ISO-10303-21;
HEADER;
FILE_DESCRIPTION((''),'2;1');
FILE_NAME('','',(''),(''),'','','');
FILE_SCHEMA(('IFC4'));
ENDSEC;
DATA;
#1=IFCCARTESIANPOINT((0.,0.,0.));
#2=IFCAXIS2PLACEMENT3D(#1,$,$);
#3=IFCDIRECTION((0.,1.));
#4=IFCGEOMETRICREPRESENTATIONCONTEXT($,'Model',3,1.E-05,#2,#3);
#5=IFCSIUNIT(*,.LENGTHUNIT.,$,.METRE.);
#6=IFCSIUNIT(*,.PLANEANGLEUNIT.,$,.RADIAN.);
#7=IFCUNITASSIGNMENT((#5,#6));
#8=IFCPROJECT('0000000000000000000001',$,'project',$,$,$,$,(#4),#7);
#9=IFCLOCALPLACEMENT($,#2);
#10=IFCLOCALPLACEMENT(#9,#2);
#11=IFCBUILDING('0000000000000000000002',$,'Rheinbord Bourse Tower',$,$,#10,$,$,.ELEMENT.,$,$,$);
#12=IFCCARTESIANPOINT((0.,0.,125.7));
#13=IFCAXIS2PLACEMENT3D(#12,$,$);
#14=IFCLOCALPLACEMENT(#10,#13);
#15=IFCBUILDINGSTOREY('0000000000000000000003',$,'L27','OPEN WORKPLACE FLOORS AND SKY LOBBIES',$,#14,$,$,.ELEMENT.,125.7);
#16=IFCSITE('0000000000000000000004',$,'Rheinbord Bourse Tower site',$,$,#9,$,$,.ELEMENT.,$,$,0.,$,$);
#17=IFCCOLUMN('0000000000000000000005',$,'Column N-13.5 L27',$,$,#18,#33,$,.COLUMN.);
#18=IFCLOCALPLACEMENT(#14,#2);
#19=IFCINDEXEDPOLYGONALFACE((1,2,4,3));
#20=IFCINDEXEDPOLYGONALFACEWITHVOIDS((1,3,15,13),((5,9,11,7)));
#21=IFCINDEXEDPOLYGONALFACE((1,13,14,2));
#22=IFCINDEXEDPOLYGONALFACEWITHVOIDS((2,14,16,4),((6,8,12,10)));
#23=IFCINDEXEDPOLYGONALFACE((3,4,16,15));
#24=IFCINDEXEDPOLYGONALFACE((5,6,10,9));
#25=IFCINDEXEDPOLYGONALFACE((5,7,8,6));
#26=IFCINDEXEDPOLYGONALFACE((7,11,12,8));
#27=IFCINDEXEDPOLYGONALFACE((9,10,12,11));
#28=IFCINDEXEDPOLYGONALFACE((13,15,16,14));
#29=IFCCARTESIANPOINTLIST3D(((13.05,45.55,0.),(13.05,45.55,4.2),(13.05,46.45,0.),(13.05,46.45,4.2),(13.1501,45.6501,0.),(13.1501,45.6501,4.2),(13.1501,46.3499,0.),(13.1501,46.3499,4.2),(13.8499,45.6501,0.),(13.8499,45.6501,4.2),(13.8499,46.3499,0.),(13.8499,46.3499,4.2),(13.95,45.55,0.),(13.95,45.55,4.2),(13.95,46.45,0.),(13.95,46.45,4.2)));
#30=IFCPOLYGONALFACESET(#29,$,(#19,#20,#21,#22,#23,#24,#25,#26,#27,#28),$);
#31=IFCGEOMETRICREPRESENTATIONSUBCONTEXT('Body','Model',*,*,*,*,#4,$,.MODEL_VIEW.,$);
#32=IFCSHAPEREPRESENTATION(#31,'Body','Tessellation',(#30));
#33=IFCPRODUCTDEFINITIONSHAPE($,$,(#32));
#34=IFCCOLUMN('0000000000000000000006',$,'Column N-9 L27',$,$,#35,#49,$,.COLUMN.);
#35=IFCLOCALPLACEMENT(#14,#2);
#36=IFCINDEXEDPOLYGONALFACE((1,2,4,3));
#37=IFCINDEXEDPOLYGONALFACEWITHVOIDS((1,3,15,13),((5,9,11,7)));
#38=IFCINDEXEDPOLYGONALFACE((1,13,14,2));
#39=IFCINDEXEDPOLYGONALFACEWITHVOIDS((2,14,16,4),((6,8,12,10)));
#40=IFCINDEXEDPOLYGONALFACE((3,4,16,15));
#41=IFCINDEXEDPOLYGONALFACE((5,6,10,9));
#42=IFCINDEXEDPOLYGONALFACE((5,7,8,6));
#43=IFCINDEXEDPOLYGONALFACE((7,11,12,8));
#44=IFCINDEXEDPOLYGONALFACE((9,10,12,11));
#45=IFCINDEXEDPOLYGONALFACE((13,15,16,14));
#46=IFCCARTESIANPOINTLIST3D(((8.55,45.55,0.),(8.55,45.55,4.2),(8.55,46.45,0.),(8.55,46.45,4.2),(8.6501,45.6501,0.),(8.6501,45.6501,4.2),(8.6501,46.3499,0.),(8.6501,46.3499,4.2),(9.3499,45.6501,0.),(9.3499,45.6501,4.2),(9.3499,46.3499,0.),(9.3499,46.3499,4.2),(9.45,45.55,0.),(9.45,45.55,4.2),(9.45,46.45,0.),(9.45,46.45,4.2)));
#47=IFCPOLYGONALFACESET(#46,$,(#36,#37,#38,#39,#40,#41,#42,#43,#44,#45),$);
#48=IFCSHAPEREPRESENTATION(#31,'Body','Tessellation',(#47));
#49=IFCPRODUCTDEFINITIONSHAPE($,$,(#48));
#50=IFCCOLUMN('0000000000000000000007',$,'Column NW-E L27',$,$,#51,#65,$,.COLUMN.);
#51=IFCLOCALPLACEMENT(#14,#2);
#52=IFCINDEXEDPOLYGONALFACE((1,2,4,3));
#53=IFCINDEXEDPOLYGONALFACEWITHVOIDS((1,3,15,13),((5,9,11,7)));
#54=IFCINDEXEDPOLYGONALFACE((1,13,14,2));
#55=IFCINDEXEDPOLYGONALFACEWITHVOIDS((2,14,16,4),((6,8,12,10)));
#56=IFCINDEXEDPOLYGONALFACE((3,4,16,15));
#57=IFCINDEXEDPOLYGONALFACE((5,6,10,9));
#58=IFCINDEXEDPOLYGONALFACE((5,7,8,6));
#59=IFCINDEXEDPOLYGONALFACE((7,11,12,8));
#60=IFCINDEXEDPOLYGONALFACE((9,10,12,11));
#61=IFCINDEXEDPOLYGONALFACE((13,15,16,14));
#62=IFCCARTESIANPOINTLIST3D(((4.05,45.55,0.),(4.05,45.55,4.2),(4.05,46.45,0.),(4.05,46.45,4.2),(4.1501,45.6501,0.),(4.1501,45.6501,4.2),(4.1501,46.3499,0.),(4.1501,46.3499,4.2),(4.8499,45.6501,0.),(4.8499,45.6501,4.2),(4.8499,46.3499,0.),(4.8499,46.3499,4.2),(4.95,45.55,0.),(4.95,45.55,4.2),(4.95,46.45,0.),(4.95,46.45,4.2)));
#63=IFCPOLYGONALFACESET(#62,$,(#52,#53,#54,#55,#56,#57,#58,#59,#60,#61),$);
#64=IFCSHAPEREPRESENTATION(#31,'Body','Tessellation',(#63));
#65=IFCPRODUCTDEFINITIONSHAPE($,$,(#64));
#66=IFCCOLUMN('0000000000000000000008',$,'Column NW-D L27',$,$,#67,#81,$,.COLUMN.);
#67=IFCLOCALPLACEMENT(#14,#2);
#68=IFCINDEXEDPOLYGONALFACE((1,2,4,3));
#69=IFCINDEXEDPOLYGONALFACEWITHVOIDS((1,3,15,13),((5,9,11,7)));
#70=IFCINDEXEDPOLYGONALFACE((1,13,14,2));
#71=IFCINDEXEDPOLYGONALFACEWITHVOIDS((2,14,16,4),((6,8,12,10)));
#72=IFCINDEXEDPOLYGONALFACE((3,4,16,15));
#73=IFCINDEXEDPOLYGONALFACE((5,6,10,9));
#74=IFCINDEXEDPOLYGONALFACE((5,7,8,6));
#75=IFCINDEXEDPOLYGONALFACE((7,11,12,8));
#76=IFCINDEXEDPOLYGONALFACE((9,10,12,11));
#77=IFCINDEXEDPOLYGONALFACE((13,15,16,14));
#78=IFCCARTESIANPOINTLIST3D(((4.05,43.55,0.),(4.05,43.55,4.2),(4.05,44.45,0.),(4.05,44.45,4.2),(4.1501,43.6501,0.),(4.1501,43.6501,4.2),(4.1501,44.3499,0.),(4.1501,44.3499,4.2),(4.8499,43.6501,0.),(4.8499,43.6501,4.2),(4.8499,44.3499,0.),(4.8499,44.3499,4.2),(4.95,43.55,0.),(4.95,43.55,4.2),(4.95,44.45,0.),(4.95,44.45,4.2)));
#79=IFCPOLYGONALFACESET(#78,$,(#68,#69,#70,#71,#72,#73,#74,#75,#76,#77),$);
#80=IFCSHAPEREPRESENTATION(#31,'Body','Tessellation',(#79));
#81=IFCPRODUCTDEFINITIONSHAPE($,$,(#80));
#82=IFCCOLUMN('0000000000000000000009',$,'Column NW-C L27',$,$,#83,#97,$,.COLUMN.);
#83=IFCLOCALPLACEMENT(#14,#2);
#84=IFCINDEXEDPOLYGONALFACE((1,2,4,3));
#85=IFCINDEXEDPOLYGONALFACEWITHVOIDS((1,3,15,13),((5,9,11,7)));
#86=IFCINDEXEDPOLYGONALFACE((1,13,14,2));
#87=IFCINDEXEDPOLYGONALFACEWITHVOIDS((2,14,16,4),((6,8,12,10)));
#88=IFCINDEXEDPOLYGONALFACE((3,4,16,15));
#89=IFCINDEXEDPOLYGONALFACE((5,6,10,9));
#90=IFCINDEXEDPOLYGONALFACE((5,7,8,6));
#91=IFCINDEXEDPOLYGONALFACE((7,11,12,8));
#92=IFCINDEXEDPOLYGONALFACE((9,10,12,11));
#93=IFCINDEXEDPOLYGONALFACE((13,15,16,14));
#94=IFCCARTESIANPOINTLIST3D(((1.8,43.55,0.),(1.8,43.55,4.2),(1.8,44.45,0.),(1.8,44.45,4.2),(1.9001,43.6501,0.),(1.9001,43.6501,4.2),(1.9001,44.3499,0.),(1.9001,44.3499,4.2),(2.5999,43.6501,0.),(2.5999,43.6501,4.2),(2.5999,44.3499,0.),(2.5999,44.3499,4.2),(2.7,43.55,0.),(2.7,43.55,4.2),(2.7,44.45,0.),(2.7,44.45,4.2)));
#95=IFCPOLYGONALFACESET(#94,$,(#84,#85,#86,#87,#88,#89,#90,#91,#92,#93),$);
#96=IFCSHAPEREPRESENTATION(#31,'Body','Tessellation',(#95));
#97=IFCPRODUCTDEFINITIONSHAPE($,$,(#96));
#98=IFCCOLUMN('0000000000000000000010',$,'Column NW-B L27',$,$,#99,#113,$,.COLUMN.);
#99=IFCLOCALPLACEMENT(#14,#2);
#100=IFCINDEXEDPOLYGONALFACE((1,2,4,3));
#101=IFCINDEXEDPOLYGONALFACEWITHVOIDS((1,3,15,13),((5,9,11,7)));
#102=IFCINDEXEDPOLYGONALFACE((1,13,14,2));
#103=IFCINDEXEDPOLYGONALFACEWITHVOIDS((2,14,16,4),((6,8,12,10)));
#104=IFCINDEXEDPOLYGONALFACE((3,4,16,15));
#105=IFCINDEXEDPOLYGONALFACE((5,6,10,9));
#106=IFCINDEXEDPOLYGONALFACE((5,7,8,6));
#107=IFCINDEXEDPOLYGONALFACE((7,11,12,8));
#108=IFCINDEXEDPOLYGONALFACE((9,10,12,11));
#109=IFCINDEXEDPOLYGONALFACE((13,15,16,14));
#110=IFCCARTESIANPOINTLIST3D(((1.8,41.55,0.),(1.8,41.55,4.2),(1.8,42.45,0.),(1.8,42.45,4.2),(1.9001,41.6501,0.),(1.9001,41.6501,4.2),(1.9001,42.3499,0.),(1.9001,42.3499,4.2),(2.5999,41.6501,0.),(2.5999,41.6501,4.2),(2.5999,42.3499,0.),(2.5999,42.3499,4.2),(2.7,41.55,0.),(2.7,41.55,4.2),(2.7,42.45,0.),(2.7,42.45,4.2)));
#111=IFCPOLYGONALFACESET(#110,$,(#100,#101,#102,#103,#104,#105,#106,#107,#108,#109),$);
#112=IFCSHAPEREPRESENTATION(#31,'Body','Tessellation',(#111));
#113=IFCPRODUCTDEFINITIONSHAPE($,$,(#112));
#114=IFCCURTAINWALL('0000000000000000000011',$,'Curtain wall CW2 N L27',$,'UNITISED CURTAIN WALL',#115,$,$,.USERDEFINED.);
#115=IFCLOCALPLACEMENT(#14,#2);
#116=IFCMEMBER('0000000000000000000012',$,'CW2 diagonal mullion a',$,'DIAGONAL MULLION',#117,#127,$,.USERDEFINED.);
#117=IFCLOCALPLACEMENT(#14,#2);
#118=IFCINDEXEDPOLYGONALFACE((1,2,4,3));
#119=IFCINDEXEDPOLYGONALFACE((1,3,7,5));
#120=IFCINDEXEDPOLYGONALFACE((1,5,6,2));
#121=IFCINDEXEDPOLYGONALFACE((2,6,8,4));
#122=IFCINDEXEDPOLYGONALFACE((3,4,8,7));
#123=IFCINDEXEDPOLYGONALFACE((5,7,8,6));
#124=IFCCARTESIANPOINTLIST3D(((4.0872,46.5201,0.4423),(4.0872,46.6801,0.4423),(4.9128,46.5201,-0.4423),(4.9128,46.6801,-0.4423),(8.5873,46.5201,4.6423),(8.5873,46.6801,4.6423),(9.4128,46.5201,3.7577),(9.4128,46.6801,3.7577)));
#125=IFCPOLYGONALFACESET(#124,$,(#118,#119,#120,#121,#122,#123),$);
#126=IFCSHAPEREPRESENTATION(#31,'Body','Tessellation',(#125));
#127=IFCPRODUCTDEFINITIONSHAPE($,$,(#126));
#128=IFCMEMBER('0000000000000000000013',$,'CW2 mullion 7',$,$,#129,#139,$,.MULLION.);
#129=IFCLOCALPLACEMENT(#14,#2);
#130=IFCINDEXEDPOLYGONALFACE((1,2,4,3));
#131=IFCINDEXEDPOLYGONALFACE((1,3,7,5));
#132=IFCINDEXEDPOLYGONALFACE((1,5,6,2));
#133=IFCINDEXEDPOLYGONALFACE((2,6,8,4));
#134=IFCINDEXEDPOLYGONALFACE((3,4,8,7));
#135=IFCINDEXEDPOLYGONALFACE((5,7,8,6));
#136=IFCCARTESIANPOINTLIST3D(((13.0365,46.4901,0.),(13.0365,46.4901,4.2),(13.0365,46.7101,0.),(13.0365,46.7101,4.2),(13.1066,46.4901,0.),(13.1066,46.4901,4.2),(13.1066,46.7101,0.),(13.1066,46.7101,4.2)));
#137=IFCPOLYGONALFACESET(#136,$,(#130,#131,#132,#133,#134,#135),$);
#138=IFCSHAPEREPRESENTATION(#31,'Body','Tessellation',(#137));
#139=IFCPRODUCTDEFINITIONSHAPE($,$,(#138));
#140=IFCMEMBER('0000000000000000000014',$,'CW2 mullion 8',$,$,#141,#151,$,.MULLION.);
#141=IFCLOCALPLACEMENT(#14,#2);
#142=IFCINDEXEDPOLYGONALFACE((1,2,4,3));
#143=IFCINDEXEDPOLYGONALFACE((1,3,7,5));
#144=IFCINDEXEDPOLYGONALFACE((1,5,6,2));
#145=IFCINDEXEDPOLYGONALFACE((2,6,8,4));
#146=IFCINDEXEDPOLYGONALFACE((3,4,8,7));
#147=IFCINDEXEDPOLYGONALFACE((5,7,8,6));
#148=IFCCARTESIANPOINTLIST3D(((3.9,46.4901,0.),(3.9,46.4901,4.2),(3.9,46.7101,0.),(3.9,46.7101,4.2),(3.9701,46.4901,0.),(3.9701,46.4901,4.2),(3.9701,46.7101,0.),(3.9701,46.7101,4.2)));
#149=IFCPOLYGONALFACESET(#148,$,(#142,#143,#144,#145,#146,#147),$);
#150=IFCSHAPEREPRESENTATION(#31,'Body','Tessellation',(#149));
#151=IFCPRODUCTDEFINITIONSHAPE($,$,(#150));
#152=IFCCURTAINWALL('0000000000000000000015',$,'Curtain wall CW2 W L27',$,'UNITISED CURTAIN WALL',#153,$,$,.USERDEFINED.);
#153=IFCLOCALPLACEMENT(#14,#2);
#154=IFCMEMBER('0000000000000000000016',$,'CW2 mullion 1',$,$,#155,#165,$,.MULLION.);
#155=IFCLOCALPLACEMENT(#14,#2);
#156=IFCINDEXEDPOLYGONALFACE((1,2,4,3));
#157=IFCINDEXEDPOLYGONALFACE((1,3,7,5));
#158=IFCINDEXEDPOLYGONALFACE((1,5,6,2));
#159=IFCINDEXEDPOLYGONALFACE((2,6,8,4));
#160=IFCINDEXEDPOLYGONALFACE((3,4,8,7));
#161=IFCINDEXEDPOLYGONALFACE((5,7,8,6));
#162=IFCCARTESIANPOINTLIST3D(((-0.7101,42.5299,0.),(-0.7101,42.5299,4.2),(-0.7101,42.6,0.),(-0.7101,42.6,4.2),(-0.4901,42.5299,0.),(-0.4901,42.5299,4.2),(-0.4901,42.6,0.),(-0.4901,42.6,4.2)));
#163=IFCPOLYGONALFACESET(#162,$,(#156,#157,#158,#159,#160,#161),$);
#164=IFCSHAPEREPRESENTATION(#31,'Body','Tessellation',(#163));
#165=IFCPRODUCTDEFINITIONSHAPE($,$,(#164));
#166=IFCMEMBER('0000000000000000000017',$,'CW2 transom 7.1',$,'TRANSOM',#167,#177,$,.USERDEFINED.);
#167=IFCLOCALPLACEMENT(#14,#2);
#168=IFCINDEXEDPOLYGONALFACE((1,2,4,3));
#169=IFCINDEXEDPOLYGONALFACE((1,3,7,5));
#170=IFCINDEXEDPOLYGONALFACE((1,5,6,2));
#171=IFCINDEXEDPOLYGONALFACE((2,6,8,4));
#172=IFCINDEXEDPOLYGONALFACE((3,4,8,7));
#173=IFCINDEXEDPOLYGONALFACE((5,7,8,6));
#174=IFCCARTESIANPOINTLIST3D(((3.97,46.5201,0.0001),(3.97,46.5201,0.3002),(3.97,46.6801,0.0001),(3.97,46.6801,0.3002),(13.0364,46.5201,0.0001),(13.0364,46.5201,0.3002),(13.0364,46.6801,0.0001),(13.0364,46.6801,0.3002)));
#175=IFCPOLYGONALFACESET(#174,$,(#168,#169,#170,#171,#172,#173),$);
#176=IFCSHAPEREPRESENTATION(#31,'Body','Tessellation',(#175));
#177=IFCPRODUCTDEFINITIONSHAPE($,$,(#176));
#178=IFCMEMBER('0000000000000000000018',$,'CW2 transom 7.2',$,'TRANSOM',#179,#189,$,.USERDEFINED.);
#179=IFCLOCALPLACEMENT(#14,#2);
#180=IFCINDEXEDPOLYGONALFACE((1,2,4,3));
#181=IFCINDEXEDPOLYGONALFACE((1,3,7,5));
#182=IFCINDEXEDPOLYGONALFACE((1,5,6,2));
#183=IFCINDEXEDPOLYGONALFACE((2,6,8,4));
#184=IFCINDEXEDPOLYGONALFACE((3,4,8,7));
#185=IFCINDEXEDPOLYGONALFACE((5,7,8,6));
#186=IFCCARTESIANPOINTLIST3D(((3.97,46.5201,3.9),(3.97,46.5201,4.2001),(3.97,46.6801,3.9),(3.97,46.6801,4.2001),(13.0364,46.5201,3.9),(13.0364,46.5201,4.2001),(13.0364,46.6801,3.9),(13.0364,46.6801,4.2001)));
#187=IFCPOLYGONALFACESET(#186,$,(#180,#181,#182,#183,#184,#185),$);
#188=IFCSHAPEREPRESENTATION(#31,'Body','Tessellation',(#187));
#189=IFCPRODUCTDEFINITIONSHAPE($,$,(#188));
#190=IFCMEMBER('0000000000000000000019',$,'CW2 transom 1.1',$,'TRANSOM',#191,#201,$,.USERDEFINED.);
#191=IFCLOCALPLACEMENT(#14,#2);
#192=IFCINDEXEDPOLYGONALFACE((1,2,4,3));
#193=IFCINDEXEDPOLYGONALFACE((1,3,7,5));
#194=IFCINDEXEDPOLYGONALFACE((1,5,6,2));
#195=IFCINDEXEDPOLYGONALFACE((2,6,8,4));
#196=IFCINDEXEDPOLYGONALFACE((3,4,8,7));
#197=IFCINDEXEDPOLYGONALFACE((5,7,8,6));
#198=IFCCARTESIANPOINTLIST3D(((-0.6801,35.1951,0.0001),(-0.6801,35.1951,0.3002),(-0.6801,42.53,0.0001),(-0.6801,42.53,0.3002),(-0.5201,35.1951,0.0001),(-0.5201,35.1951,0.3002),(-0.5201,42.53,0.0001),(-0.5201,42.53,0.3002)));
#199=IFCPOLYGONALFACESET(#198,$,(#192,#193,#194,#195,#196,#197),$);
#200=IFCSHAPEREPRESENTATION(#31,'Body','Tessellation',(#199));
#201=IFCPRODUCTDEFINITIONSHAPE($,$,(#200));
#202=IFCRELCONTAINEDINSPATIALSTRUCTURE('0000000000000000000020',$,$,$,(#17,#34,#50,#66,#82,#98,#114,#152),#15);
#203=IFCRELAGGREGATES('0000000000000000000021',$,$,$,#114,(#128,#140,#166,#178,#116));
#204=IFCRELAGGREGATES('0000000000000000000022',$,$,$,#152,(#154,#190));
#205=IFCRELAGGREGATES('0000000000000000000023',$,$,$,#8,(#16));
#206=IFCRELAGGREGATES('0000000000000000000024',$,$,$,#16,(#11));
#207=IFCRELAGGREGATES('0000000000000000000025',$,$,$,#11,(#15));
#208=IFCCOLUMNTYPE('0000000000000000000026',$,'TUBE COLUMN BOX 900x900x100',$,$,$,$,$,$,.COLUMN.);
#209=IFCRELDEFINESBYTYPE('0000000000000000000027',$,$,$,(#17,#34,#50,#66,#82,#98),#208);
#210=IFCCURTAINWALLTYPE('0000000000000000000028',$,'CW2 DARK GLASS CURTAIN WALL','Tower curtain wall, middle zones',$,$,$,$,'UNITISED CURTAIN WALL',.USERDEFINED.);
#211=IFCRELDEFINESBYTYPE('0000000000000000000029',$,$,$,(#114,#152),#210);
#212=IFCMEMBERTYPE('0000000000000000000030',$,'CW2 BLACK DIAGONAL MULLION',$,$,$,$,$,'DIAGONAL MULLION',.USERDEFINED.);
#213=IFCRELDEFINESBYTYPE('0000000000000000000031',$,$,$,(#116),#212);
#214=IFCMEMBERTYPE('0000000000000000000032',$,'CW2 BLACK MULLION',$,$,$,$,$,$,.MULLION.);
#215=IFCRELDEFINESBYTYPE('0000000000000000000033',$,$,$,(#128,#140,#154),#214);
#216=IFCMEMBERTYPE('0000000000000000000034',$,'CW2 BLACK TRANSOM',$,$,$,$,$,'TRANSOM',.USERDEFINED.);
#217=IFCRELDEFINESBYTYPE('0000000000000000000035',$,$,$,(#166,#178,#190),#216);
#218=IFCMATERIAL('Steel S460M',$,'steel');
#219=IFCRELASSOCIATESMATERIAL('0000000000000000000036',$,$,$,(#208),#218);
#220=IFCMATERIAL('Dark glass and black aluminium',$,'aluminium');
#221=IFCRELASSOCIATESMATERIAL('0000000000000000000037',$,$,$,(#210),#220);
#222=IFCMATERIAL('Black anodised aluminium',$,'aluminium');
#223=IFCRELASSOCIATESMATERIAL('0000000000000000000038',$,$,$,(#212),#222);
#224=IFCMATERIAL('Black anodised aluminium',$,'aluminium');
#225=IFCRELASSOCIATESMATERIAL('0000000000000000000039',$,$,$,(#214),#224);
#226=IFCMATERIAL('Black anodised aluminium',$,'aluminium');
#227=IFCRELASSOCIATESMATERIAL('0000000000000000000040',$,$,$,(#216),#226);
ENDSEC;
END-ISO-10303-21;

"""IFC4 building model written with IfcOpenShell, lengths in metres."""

from ifc_helpers import new_model, si_unit, direction, frame, origin, origin_2d, place, context, subcontext, project, spatial, rectangle, hollow_rectangle, extrude, material, material_profile, profile_set, type_object, element, aggregate, save


model = new_model("IFC4")

# Units and contexts
model_context = context("Model", 3, precision=1e-05, world=origin(), true_north=direction((0.0, 1.0)))
body_context = subcontext(model_context, "Body", "Model", "MODEL_VIEW")
ifc_project = project(units=[si_unit("LENGTHUNIT", "METRE"), si_unit("PLANEANGLEUNIT", "RADIAN")], contexts=[model_context])

# Site, building, storey
site_placement = place(None, origin())
site = spatial("IfcSite", under=ifc_project, at=site_placement, Name="Rheinbord Bourse Tower site", CompositionType="ELEMENT", RefElevation=0.0)
building_placement = place(site_placement, origin())
building = spatial("IfcBuilding", under=site, at=building_placement, Name="Rheinbord Bourse Tower", CompositionType="ELEMENT")
storey_placement = place(building_placement, frame((0.0, 0.0, 125.7)))
storey = spatial("IfcBuildingStorey", under=building, at=storey_placement, Name="L27", Description="OPEN WORKPLACE FLOORS AND SKY LOBBIES", CompositionType="ELEMENT", Elevation=125.7)

# Columns
ifc_material_1 = material(Name="Steel S460M", Category="steel")
ifc_material_profile_1 = material_profile(ifc_material_1, hollow_rectangle(XDim=0.8999, YDim=0.8999, WallThickness=0.1001, at=origin_2d()), Name="BOX 900x900x100")
ifc_profile_set_1 = profile_set([ifc_material_profile_1], Name="Steel S460M")
column_type = type_object("IfcColumnType", Name="TUBE COLUMN BOX 900x900x100", PredefinedType="COLUMN", material=ifc_profile_set_1)
for number, where, z_axis, x_axis, name in (
    (1, (13.5, 46.0, 0.0), (0.0, 0.0, 1.0), (0.0, 1.0, 0.0), "Column N-13.5 L27"),
    (2, (9.0, 46.0, 0.0), (0.0, 0.0, 1.0), (0.0, 1.0, 0.0), "Column N-9 L27"),
    (3, (4.5, 46.0, 0.0), (0.0, 0.0, 1.0), (0.0, 1.0, 0.0), "Column NW-E L27"),
    (4, (4.5, 44.0, 0.0), (0.0, 0.0, 1.0), (0.0, 1.0, 0.0), "Column NW-D L27"),
    (5, (2.25, 44.0, 0.0), (0.0, 0.0, 1.0), (1.0, 0.0, 0.0), "Column NW-C L27"),
    (6, (2.25, 42.0, 0.0), (0.0, 0.0, 1.0), (1.0, 0.0, 0.0), "Column NW-B L27"),
):
    element("IfcColumn", number, at=place(storey_placement, frame(where, z_axis=z_axis, x_axis=x_axis)), inside=storey, type_object=column_type, Name=name, PredefinedType="COLUMN", context=body_context, shape_type="SweptSolid", body=[
        extrude(hollow_rectangle(XDim=0.8999, YDim=0.8999, WallThickness=0.1001, at=origin_2d()), origin(), (0.0, 0.0, 1.0), 4.2),
    ])

# Curtain wall, members
ifc_material_2 = material(Name="Dark glass and black aluminium", Category="aluminium")
curtain_wall_type = type_object("IfcCurtainWallType", Name="CW2 DARK GLASS CURTAIN WALL", Description="Tower curtain wall, middle zones", ElementType="UNITISED CURTAIN WALL", PredefinedType="USERDEFINED", material=ifc_material_2)
curtain_wall_1_placement = place(storey_placement, origin())
curtain_wall_1 = element("IfcCurtainWall", 7, at=curtain_wall_1_placement, inside=storey, type_object=curtain_wall_type, Name="Curtain wall CW2 N L27", ObjectType="UNITISED CURTAIN WALL", PredefinedType="USERDEFINED")
ifc_material_3 = material(Name="Black anodised aluminium", Category="aluminium")
ifc_material_profile_2 = material_profile(ifc_material_3, rectangle(XDim=0.1599, YDim=1.21, at=origin_2d()), Name="CW2 DIAGONAL MULLION 1210x160")
ifc_profile_set_2 = profile_set([ifc_material_profile_2], Name="Black anodised aluminium")
member_type_1 = type_object("IfcMemberType", Name="CW2 BLACK DIAGONAL MULLION", ElementType="DIAGONAL MULLION", PredefinedType="USERDEFINED", material=ifc_profile_set_2)
member_1_placement = place(storey_placement, frame((4.5, 46.6001, 0.0), z_axis=(0.731059, 0.0, 0.682314), x_axis=(0.0, 1.0, 0.0)))
member_1 = element("IfcMember", 8, at=member_1_placement, type_object=member_type_1, Name="CW2 diagonal mullion a", ObjectType="DIAGONAL MULLION", PredefinedType="USERDEFINED", context=body_context, shape_type="SweptSolid", body=[
    extrude(rectangle(XDim=0.1599, YDim=1.21, at=origin_2d()), origin(), (0.0, 0.0, 1.0), 6.1555),
])
ifc_material_4 = material(Name="Black anodised aluminium", Category="aluminium")
ifc_material_profile_3 = material_profile(ifc_material_4, rectangle(XDim=0.22, YDim=0.0701, at=origin_2d()), Name="CW2 MULLION 70x220")
ifc_profile_set_3 = profile_set([ifc_material_profile_3], Name="Black anodised aluminium")
member_type_2 = type_object("IfcMemberType", Name="CW2 BLACK MULLION", PredefinedType="MULLION", material=ifc_profile_set_3)
member_2_placement = place(storey_placement, frame((13.0715, 46.6001, 0.0), z_axis=(0.0, 0.0, 1.0), x_axis=(0.0, -1.0, 0.0)))
member_2 = element("IfcMember", 9, at=member_2_placement, type_object=member_type_2, Name="CW2 mullion 7", PredefinedType="MULLION", context=body_context, shape_type="SweptSolid", body=[
    extrude(rectangle(XDim=0.22, YDim=0.0701, at=origin_2d()), origin(), (0.0, 0.0, 1.0), 4.2),
])
member_3_placement = place(storey_placement, frame((3.9351, 46.6001, 0.0), z_axis=(0.0, 0.0, 1.0), x_axis=(0.0, -1.0, 0.0)))
member_3 = element("IfcMember", 10, at=member_3_placement, type_object=member_type_2, Name="CW2 mullion 8", PredefinedType="MULLION", context=body_context, shape_type="SweptSolid", body=[
    extrude(rectangle(XDim=0.22, YDim=0.0701, at=origin_2d()), origin(), (0.0, 0.0, 1.0), 4.2),
])

# Curtain wall, member
curtain_wall_2_placement = place(storey_placement, origin())
curtain_wall_2 = element("IfcCurtainWall", 11, at=curtain_wall_2_placement, inside=storey, type_object=curtain_wall_type, Name="Curtain wall CW2 W L27", ObjectType="UNITISED CURTAIN WALL", PredefinedType="USERDEFINED")
member_4_placement = place(storey_placement, frame((-0.6001, 42.5649, 0.0), z_axis=(0.0, 0.0, 1.0), x_axis=(1.0, 0.0, 0.0)))
member_4 = element("IfcMember", 12, at=member_4_placement, type_object=member_type_2, Name="CW2 mullion 1", PredefinedType="MULLION", context=body_context, shape_type="SweptSolid", body=[
    extrude(rectangle(XDim=0.22, YDim=0.0701, at=origin_2d()), origin(), (0.0, 0.0, 1.0), 4.2),
])

# Members
ifc_material_5 = material(Name="Black anodised aluminium", Category="aluminium")
ifc_material_profile_4 = material_profile(ifc_material_5, rectangle(XDim=0.1599, YDim=0.3, at=origin_2d()), Name="CW2 TRANSOM 300x160")
ifc_profile_set_4 = profile_set([ifc_material_profile_4], Name="Black anodised aluminium")
member_type_3 = type_object("IfcMemberType", Name="CW2 BLACK TRANSOM", ElementType="TRANSOM", PredefinedType="USERDEFINED", material=ifc_profile_set_4)
member_5_placement = place(storey_placement, frame((13.0364, 46.6001, 0.1501), z_axis=(-1.0, 0.0, 0.0), x_axis=(0.0, -1.0, 0.0)))
member_5 = element("IfcMember", 13, at=member_5_placement, type_object=member_type_3, Name="CW2 transom 7.1", ObjectType="TRANSOM", PredefinedType="USERDEFINED", context=body_context, shape_type="SweptSolid", body=[
    extrude(rectangle(XDim=0.1599, YDim=0.3, at=origin_2d()), origin(), (0.0, 0.0, 1.0), 9.0664),
])
member_6_placement = place(storey_placement, frame((13.0364, 46.6001, 4.05), z_axis=(-1.0, 0.0, 0.0), x_axis=(0.0, -1.0, 0.0)))
member_6 = element("IfcMember", 14, at=member_6_placement, type_object=member_type_3, Name="CW2 transom 7.2", ObjectType="TRANSOM", PredefinedType="USERDEFINED", context=body_context, shape_type="SweptSolid", body=[
    extrude(rectangle(XDim=0.1599, YDim=0.3, at=origin_2d()), origin(), (0.0, 0.0, 1.0), 9.0664),
])
member_7_placement = place(storey_placement, frame((-0.6001, 42.53, 0.1501), z_axis=(0.0, -1.0, 0.0), x_axis=(1.0, 0.0, 0.0)))
member_7 = element("IfcMember", 15, at=member_7_placement, type_object=member_type_3, Name="CW2 transom 1.1", ObjectType="TRANSOM", PredefinedType="USERDEFINED", context=body_context, shape_type="SweptSolid", body=[
    extrude(rectangle(XDim=0.1599, YDim=0.3, at=origin_2d()), origin(), (0.0, 0.0, 1.0), 7.335),
])

aggregate(curtain_wall_1, [member_2, member_3, member_5, member_6, member_1])
aggregate(curtain_wall_2, [member_4, member_7])

save(model, "model.ifc")
